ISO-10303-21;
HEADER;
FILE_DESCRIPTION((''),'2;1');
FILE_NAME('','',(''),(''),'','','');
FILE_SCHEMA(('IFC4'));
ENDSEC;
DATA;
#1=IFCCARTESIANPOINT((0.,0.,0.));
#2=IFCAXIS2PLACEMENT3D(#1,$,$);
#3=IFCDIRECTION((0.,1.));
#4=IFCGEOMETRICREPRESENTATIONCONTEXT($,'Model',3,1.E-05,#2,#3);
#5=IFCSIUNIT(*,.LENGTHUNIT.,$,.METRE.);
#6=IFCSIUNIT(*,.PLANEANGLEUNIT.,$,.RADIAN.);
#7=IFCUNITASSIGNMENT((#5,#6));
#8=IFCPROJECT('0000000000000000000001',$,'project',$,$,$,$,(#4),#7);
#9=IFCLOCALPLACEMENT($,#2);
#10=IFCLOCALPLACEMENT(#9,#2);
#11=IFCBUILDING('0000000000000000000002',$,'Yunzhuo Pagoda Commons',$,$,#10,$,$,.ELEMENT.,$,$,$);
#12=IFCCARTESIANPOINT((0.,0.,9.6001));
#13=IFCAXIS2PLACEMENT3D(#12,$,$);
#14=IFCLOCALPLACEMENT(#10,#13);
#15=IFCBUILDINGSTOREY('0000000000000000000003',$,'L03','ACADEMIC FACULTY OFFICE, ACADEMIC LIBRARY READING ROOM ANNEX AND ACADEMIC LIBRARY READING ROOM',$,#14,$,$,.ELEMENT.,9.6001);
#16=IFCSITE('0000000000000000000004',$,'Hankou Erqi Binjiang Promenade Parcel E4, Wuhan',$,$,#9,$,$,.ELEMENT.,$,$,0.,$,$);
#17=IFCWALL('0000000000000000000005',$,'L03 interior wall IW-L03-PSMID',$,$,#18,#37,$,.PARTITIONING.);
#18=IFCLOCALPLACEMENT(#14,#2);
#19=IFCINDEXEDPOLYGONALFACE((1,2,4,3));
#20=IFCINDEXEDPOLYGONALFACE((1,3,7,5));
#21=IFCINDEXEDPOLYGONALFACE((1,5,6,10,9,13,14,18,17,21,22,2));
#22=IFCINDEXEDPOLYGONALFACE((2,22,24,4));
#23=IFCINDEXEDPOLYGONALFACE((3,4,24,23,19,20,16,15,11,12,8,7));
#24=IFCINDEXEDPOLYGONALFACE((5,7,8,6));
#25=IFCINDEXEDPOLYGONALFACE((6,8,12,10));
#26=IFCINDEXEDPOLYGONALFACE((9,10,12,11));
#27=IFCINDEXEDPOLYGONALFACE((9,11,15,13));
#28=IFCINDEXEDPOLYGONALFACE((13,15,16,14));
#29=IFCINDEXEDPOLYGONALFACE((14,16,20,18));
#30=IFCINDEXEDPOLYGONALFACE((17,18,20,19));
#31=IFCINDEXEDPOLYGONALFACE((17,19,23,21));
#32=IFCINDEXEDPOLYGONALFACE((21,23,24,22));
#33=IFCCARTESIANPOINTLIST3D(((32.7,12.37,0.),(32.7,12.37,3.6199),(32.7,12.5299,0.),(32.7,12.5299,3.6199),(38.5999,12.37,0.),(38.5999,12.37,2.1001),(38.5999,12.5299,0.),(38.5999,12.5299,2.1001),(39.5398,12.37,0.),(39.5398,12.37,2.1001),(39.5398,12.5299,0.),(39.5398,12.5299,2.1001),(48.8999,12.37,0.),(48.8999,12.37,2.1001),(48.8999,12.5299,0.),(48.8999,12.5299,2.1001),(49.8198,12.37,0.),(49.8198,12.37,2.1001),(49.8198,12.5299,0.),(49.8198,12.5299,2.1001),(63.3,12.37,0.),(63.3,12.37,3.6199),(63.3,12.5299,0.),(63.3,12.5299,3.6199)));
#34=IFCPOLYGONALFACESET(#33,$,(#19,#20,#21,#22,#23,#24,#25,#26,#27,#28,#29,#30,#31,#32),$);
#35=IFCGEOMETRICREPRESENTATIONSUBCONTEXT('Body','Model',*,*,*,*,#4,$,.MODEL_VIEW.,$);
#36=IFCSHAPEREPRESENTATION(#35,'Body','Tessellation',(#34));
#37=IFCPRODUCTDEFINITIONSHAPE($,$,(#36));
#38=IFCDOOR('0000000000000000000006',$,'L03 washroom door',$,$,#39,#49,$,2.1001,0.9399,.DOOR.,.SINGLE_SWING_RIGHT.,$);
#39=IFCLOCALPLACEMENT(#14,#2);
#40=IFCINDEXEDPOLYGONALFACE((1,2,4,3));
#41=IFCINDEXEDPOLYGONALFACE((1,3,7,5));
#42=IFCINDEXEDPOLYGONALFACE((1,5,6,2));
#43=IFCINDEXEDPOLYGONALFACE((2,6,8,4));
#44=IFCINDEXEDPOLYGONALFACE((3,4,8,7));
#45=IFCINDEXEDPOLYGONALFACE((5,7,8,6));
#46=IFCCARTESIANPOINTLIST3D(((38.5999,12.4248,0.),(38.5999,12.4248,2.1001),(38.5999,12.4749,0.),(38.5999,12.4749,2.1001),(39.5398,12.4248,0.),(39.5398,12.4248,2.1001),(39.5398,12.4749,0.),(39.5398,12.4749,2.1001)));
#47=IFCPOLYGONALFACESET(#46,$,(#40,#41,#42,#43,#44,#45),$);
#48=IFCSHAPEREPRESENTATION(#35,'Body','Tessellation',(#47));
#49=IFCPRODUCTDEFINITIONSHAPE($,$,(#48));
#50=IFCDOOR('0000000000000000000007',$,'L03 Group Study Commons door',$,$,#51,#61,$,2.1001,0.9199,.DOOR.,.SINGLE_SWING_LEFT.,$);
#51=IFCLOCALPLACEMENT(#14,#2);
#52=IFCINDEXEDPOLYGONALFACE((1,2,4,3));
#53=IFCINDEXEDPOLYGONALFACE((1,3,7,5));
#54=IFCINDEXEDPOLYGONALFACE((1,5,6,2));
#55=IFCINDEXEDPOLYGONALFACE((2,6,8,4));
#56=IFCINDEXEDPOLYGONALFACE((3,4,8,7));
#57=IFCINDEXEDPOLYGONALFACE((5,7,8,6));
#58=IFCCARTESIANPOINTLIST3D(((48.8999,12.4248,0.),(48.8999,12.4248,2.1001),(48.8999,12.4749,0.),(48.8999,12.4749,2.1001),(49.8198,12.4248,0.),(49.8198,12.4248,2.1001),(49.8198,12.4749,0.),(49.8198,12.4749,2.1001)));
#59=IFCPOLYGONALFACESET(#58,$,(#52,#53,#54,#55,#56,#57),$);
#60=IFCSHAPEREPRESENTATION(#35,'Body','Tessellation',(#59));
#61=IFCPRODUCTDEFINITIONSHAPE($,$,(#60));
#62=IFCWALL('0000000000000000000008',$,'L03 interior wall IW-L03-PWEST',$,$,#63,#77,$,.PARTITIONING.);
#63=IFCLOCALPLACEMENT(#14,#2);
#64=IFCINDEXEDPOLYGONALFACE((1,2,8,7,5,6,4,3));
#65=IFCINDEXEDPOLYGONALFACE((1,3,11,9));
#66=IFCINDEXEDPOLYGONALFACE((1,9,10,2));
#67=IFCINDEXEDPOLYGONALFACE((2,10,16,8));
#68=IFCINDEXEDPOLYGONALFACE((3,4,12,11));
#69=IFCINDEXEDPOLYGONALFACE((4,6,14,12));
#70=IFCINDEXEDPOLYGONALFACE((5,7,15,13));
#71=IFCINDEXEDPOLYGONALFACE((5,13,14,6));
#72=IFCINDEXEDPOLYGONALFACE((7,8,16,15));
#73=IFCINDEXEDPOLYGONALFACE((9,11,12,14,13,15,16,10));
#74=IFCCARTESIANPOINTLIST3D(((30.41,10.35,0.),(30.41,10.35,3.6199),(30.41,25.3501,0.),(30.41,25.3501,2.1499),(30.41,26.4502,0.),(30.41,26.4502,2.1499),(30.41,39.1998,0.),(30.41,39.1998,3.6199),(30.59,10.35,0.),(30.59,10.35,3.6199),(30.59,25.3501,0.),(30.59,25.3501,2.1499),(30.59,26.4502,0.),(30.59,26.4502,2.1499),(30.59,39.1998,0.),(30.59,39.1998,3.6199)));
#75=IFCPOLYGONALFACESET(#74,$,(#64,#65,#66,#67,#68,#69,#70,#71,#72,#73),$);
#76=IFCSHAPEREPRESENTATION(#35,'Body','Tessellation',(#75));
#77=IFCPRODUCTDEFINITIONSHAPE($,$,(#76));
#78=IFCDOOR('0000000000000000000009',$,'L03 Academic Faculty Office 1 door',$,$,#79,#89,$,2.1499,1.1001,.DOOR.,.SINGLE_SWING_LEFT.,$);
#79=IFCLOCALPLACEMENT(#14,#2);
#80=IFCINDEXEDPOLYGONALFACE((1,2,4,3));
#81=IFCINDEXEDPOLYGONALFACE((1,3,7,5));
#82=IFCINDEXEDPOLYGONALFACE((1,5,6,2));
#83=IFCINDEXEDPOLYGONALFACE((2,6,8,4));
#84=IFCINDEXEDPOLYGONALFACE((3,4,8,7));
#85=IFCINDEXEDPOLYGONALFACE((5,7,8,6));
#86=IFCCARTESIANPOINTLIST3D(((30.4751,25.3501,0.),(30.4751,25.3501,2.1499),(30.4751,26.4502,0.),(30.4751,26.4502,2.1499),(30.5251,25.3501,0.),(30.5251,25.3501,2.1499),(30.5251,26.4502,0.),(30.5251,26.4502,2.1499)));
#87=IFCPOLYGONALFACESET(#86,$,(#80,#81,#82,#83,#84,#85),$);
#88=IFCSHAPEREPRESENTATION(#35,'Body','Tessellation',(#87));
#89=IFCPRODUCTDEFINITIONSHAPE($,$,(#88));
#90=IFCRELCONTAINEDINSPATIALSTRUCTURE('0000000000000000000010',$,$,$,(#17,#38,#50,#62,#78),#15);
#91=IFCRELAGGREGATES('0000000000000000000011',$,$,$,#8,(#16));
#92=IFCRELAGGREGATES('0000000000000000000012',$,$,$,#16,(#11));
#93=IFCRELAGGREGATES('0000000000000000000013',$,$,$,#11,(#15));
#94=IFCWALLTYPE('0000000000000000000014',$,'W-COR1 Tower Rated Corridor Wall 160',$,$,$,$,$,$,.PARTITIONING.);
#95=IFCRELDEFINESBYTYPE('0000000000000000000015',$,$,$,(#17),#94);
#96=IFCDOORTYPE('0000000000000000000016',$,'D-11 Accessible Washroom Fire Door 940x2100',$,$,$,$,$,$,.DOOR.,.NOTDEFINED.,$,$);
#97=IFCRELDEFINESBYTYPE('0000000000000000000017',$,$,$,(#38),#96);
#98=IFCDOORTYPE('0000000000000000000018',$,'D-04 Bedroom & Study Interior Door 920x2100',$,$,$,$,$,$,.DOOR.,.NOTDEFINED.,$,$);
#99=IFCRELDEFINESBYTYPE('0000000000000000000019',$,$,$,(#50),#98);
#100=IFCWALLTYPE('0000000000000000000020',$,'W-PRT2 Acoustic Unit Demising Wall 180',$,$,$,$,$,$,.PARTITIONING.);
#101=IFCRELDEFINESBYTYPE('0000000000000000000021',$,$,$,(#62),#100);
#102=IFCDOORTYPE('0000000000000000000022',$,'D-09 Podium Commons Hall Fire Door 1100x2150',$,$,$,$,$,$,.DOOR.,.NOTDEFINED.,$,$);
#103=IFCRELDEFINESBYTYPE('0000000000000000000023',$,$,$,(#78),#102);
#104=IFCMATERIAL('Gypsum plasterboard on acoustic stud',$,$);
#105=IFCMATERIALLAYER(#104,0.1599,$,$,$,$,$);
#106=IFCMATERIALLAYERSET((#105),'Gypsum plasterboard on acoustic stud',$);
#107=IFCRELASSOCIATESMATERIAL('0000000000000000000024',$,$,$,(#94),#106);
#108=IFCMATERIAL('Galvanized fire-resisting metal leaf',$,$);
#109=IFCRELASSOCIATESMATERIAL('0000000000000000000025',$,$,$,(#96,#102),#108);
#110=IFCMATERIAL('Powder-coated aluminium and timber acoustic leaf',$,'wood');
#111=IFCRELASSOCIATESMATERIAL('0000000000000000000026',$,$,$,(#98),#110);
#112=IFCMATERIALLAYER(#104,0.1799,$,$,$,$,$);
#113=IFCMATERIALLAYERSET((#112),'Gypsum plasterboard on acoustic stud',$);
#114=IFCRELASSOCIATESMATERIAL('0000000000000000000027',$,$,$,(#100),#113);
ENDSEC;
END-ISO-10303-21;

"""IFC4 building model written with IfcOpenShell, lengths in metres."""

from ifc_helpers import new_model, si_unit, direction, frame, frame_2d, origin, origin_with_axes, place, context, subcontext, project, spatial, rectangle, extrude, source, transform, mapped, material, layer, layer_set, type_object, element, fill, save


model = new_model("IFC4")

# Units and contexts
model_context = context("Model", 3, precision=1e-05, world=origin(), true_north=direction((0.0, 1.0)))
body_context = subcontext(model_context, "Body", "Model", "MODEL_VIEW")
ifc_project = project(units=[si_unit("LENGTHUNIT", "METRE"), si_unit("PLANEANGLEUNIT", "RADIAN")], contexts=[model_context])

# Site, building, storey
site_placement = place(None, origin())
site = spatial("IfcSite", under=ifc_project, at=site_placement, Name="Hankou Erqi Binjiang Promenade Parcel E4, Wuhan", CompositionType="ELEMENT", RefElevation=0.0)
building_placement = place(site_placement, origin())
building = spatial("IfcBuilding", under=site, at=building_placement, Name="Yunzhuo Pagoda Commons", CompositionType="ELEMENT")
storey_placement = place(building_placement, frame((0.0, 0.0, 9.6001)))
storey = spatial("IfcBuildingStorey", under=building, at=storey_placement, Name="L03", Description="ACADEMIC FACULTY OFFICE, ACADEMIC LIBRARY READING ROOM ANNEX AND ACADEMIC LIBRARY READING ROOM", CompositionType="ELEMENT", Elevation=9.6001)

# Shared definitions
ifc_material_1 = material(Name="Gypsum plasterboard on acoustic stud")
ifc_layer_1 = layer(ifc_material_1, 0.1599)
ifc_layer_set_1 = layer_set([ifc_layer_1], Name="Gypsum plasterboard on acoustic stud")
wall_type_1 = type_object("IfcWallType", Name="W-COR1 Tower Rated Corridor Wall 160", PredefinedType="PARTITIONING", material=ifc_layer_set_1)

# Wall, openings, doors
wall_1_placement = place(storey_placement, frame((32.7, 12.45, 0.0), z_axis=(0.0, 0.0, 1.0), x_axis=(1.0, 0.0, 0.0)))
wall_1 = element("IfcWall", 1, at=wall_1_placement, inside=storey, type_object=wall_type_1, Name="L03 interior wall IW-L03-PSMID", PredefinedType="PARTITIONING", context=body_context, shape_type="SweptSolid", body=[
    extrude(rectangle(XDim=30.6001, YDim=0.1599, at=frame_2d((15.3, 0.0))), origin(), (0.0, 0.0, 1.0), 3.6199),
])
opening_1_placement = place(wall_1_placement, frame((16.2, 0.0, 0.0)))
opening_1 = element("IfcOpeningElement", 2, at=opening_1_placement, cuts=wall_1, PredefinedType="OPENING", context=body_context, shape_type="SweptSolid", body=[
    extrude(rectangle(XDim=0.9199, YDim=2.1001, at=frame_2d((0.46, 1.05))), frame((0.0, 0.0898, 0.0), z_axis=(0.0, -1.0, 0.0), x_axis=(1.0, 0.0, 0.0)), (0.0, 0.0, 1.0), 0.1799),
])
opening_2_placement = place(wall_1_placement, frame((5.8999, 0.0, 0.0)))
opening_2 = element("IfcOpeningElement", 3, at=opening_2_placement, cuts=wall_1, PredefinedType="OPENING", context=body_context, shape_type="SweptSolid", body=[
    extrude(rectangle(XDim=0.9399, YDim=2.1001, at=frame_2d((0.47, 1.05))), frame((0.0, 0.0898, 0.0), z_axis=(0.0, -1.0, 0.0), x_axis=(1.0, 0.0, 0.0)), (0.0, 0.0, 1.0), 0.1799),
])
ifc_material_2 = material(Name="Galvanized fire-resisting metal leaf")
door_type_1 = type_object("IfcDoorType", Name="D-11 Accessible Washroom Fire Door 940x2100", OperationType="NOTDEFINED", PredefinedType="DOOR", material=ifc_material_2)
shared_shape_1 = source(origin(), body_context, "Body", "SweptSolid", [
    extrude(rectangle(XDim=0.9399, YDim=2.1001, at=frame_2d((0.47, 1.05))), frame((0.0, 0.0249, 0.0), z_axis=(0.0, -1.0, 0.0), x_axis=(1.0, 0.0, 0.0)), (0.0, 0.0, 1.0), 0.05),
])
door_1_placement = place(opening_2_placement, origin_with_axes())
door_1 = element("IfcDoor", 4, at=door_1_placement, inside=storey, type_object=door_type_1, Name="L03 washroom door", OperationType="SINGLE_SWING_RIGHT", OverallHeight=2.1001, OverallWidth=0.9399, PredefinedType="DOOR", context=body_context, shape_type="MappedRepresentation", body=[
    mapped(shared_shape_1, transform((0.0, 0.0, 0.0), scale=1.0)),
])
fill(opening_2, door_1)
ifc_material_3 = material(Name="Powder-coated aluminium and timber acoustic leaf", Category="wood")
door_type_2 = type_object("IfcDoorType", Name="D-04 Bedroom & Study Interior Door 920x2100", OperationType="NOTDEFINED", PredefinedType="DOOR", material=ifc_material_3)
shared_shape_2 = source(origin(), body_context, "Body", "SweptSolid", [
    extrude(rectangle(XDim=0.9199, YDim=2.1001, at=frame_2d((0.46, 1.05))), frame((0.0, 0.0249, 0.0), z_axis=(0.0, -1.0, 0.0), x_axis=(1.0, 0.0, 0.0)), (0.0, 0.0, 1.0), 0.05),
])
door_2_placement = place(opening_1_placement, origin_with_axes())
door_2 = element("IfcDoor", 5, at=door_2_placement, inside=storey, type_object=door_type_2, Name="L03 Group Study Commons door", OperationType="SINGLE_SWING_LEFT", OverallHeight=2.1001, OverallWidth=0.9199, PredefinedType="DOOR", context=body_context, shape_type="MappedRepresentation", body=[
    mapped(shared_shape_2, transform((0.0, 0.0, 0.0), scale=1.0)),
])
fill(opening_1, door_2)

# Wall, opening, door
ifc_layer_2 = layer(ifc_material_1, 0.1799)
ifc_layer_set_2 = layer_set([ifc_layer_2], Name="Gypsum plasterboard on acoustic stud")
wall_type_2 = type_object("IfcWallType", Name="W-PRT2 Acoustic Unit Demising Wall 180", PredefinedType="PARTITIONING", material=ifc_layer_set_2)
wall_2_placement = place(storey_placement, frame((30.5, 10.3501, 0.0), z_axis=(0.0, 0.0, 1.0), x_axis=(0.0, 1.0, 0.0)))
wall_2 = element("IfcWall", 6, at=wall_2_placement, inside=storey, type_object=wall_type_2, Name="L03 interior wall IW-L03-PWEST", PredefinedType="PARTITIONING", context=body_context, shape_type="SweptSolid", body=[
    extrude(rectangle(XDim=28.8499, YDim=0.1799, at=frame_2d((14.4248, 0.0))), origin(), (0.0, 0.0, 1.0), 3.6199),
])
opening_3_placement = place(wall_2_placement, frame((15.0, 0.0, 0.0)))
opening_3 = element("IfcOpeningElement", 7, at=opening_3_placement, cuts=wall_2, PredefinedType="OPENING", context=body_context, shape_type="SweptSolid", body=[
    extrude(rectangle(XDim=1.1001, YDim=2.1499, at=frame_2d((0.55, 1.075))), frame((0.0, 0.1001, 0.0), z_axis=(0.0, -1.0, 0.0), x_axis=(1.0, 0.0, 0.0)), (0.0, 0.0, 1.0), 0.2),
])
door_type_3 = type_object("IfcDoorType", Name="D-09 Podium Commons Hall Fire Door 1100x2150", OperationType="NOTDEFINED", PredefinedType="DOOR", material=ifc_material_2)
shared_shape_3 = source(origin(), body_context, "Body", "SweptSolid", [
    extrude(rectangle(XDim=1.1001, YDim=2.1499, at=frame_2d((0.55, 1.075))), frame((0.0, 0.0249, 0.0), z_axis=(0.0, -1.0, 0.0), x_axis=(1.0, 0.0, 0.0)), (0.0, 0.0, 1.0), 0.05),
])
door_3_placement = place(opening_3_placement, origin_with_axes())
door_3 = element("IfcDoor", 8, at=door_3_placement, inside=storey, type_object=door_type_3, Name="L03 Academic Faculty Office 1 door", OperationType="SINGLE_SWING_LEFT", OverallHeight=2.1499, OverallWidth=1.1001, PredefinedType="DOOR", context=body_context, shape_type="MappedRepresentation", body=[
    mapped(shared_shape_3, transform((0.0, 0.0, 0.0), scale=1.0)),
])
fill(opening_3, door_3)

save(model, "model.ifc")
